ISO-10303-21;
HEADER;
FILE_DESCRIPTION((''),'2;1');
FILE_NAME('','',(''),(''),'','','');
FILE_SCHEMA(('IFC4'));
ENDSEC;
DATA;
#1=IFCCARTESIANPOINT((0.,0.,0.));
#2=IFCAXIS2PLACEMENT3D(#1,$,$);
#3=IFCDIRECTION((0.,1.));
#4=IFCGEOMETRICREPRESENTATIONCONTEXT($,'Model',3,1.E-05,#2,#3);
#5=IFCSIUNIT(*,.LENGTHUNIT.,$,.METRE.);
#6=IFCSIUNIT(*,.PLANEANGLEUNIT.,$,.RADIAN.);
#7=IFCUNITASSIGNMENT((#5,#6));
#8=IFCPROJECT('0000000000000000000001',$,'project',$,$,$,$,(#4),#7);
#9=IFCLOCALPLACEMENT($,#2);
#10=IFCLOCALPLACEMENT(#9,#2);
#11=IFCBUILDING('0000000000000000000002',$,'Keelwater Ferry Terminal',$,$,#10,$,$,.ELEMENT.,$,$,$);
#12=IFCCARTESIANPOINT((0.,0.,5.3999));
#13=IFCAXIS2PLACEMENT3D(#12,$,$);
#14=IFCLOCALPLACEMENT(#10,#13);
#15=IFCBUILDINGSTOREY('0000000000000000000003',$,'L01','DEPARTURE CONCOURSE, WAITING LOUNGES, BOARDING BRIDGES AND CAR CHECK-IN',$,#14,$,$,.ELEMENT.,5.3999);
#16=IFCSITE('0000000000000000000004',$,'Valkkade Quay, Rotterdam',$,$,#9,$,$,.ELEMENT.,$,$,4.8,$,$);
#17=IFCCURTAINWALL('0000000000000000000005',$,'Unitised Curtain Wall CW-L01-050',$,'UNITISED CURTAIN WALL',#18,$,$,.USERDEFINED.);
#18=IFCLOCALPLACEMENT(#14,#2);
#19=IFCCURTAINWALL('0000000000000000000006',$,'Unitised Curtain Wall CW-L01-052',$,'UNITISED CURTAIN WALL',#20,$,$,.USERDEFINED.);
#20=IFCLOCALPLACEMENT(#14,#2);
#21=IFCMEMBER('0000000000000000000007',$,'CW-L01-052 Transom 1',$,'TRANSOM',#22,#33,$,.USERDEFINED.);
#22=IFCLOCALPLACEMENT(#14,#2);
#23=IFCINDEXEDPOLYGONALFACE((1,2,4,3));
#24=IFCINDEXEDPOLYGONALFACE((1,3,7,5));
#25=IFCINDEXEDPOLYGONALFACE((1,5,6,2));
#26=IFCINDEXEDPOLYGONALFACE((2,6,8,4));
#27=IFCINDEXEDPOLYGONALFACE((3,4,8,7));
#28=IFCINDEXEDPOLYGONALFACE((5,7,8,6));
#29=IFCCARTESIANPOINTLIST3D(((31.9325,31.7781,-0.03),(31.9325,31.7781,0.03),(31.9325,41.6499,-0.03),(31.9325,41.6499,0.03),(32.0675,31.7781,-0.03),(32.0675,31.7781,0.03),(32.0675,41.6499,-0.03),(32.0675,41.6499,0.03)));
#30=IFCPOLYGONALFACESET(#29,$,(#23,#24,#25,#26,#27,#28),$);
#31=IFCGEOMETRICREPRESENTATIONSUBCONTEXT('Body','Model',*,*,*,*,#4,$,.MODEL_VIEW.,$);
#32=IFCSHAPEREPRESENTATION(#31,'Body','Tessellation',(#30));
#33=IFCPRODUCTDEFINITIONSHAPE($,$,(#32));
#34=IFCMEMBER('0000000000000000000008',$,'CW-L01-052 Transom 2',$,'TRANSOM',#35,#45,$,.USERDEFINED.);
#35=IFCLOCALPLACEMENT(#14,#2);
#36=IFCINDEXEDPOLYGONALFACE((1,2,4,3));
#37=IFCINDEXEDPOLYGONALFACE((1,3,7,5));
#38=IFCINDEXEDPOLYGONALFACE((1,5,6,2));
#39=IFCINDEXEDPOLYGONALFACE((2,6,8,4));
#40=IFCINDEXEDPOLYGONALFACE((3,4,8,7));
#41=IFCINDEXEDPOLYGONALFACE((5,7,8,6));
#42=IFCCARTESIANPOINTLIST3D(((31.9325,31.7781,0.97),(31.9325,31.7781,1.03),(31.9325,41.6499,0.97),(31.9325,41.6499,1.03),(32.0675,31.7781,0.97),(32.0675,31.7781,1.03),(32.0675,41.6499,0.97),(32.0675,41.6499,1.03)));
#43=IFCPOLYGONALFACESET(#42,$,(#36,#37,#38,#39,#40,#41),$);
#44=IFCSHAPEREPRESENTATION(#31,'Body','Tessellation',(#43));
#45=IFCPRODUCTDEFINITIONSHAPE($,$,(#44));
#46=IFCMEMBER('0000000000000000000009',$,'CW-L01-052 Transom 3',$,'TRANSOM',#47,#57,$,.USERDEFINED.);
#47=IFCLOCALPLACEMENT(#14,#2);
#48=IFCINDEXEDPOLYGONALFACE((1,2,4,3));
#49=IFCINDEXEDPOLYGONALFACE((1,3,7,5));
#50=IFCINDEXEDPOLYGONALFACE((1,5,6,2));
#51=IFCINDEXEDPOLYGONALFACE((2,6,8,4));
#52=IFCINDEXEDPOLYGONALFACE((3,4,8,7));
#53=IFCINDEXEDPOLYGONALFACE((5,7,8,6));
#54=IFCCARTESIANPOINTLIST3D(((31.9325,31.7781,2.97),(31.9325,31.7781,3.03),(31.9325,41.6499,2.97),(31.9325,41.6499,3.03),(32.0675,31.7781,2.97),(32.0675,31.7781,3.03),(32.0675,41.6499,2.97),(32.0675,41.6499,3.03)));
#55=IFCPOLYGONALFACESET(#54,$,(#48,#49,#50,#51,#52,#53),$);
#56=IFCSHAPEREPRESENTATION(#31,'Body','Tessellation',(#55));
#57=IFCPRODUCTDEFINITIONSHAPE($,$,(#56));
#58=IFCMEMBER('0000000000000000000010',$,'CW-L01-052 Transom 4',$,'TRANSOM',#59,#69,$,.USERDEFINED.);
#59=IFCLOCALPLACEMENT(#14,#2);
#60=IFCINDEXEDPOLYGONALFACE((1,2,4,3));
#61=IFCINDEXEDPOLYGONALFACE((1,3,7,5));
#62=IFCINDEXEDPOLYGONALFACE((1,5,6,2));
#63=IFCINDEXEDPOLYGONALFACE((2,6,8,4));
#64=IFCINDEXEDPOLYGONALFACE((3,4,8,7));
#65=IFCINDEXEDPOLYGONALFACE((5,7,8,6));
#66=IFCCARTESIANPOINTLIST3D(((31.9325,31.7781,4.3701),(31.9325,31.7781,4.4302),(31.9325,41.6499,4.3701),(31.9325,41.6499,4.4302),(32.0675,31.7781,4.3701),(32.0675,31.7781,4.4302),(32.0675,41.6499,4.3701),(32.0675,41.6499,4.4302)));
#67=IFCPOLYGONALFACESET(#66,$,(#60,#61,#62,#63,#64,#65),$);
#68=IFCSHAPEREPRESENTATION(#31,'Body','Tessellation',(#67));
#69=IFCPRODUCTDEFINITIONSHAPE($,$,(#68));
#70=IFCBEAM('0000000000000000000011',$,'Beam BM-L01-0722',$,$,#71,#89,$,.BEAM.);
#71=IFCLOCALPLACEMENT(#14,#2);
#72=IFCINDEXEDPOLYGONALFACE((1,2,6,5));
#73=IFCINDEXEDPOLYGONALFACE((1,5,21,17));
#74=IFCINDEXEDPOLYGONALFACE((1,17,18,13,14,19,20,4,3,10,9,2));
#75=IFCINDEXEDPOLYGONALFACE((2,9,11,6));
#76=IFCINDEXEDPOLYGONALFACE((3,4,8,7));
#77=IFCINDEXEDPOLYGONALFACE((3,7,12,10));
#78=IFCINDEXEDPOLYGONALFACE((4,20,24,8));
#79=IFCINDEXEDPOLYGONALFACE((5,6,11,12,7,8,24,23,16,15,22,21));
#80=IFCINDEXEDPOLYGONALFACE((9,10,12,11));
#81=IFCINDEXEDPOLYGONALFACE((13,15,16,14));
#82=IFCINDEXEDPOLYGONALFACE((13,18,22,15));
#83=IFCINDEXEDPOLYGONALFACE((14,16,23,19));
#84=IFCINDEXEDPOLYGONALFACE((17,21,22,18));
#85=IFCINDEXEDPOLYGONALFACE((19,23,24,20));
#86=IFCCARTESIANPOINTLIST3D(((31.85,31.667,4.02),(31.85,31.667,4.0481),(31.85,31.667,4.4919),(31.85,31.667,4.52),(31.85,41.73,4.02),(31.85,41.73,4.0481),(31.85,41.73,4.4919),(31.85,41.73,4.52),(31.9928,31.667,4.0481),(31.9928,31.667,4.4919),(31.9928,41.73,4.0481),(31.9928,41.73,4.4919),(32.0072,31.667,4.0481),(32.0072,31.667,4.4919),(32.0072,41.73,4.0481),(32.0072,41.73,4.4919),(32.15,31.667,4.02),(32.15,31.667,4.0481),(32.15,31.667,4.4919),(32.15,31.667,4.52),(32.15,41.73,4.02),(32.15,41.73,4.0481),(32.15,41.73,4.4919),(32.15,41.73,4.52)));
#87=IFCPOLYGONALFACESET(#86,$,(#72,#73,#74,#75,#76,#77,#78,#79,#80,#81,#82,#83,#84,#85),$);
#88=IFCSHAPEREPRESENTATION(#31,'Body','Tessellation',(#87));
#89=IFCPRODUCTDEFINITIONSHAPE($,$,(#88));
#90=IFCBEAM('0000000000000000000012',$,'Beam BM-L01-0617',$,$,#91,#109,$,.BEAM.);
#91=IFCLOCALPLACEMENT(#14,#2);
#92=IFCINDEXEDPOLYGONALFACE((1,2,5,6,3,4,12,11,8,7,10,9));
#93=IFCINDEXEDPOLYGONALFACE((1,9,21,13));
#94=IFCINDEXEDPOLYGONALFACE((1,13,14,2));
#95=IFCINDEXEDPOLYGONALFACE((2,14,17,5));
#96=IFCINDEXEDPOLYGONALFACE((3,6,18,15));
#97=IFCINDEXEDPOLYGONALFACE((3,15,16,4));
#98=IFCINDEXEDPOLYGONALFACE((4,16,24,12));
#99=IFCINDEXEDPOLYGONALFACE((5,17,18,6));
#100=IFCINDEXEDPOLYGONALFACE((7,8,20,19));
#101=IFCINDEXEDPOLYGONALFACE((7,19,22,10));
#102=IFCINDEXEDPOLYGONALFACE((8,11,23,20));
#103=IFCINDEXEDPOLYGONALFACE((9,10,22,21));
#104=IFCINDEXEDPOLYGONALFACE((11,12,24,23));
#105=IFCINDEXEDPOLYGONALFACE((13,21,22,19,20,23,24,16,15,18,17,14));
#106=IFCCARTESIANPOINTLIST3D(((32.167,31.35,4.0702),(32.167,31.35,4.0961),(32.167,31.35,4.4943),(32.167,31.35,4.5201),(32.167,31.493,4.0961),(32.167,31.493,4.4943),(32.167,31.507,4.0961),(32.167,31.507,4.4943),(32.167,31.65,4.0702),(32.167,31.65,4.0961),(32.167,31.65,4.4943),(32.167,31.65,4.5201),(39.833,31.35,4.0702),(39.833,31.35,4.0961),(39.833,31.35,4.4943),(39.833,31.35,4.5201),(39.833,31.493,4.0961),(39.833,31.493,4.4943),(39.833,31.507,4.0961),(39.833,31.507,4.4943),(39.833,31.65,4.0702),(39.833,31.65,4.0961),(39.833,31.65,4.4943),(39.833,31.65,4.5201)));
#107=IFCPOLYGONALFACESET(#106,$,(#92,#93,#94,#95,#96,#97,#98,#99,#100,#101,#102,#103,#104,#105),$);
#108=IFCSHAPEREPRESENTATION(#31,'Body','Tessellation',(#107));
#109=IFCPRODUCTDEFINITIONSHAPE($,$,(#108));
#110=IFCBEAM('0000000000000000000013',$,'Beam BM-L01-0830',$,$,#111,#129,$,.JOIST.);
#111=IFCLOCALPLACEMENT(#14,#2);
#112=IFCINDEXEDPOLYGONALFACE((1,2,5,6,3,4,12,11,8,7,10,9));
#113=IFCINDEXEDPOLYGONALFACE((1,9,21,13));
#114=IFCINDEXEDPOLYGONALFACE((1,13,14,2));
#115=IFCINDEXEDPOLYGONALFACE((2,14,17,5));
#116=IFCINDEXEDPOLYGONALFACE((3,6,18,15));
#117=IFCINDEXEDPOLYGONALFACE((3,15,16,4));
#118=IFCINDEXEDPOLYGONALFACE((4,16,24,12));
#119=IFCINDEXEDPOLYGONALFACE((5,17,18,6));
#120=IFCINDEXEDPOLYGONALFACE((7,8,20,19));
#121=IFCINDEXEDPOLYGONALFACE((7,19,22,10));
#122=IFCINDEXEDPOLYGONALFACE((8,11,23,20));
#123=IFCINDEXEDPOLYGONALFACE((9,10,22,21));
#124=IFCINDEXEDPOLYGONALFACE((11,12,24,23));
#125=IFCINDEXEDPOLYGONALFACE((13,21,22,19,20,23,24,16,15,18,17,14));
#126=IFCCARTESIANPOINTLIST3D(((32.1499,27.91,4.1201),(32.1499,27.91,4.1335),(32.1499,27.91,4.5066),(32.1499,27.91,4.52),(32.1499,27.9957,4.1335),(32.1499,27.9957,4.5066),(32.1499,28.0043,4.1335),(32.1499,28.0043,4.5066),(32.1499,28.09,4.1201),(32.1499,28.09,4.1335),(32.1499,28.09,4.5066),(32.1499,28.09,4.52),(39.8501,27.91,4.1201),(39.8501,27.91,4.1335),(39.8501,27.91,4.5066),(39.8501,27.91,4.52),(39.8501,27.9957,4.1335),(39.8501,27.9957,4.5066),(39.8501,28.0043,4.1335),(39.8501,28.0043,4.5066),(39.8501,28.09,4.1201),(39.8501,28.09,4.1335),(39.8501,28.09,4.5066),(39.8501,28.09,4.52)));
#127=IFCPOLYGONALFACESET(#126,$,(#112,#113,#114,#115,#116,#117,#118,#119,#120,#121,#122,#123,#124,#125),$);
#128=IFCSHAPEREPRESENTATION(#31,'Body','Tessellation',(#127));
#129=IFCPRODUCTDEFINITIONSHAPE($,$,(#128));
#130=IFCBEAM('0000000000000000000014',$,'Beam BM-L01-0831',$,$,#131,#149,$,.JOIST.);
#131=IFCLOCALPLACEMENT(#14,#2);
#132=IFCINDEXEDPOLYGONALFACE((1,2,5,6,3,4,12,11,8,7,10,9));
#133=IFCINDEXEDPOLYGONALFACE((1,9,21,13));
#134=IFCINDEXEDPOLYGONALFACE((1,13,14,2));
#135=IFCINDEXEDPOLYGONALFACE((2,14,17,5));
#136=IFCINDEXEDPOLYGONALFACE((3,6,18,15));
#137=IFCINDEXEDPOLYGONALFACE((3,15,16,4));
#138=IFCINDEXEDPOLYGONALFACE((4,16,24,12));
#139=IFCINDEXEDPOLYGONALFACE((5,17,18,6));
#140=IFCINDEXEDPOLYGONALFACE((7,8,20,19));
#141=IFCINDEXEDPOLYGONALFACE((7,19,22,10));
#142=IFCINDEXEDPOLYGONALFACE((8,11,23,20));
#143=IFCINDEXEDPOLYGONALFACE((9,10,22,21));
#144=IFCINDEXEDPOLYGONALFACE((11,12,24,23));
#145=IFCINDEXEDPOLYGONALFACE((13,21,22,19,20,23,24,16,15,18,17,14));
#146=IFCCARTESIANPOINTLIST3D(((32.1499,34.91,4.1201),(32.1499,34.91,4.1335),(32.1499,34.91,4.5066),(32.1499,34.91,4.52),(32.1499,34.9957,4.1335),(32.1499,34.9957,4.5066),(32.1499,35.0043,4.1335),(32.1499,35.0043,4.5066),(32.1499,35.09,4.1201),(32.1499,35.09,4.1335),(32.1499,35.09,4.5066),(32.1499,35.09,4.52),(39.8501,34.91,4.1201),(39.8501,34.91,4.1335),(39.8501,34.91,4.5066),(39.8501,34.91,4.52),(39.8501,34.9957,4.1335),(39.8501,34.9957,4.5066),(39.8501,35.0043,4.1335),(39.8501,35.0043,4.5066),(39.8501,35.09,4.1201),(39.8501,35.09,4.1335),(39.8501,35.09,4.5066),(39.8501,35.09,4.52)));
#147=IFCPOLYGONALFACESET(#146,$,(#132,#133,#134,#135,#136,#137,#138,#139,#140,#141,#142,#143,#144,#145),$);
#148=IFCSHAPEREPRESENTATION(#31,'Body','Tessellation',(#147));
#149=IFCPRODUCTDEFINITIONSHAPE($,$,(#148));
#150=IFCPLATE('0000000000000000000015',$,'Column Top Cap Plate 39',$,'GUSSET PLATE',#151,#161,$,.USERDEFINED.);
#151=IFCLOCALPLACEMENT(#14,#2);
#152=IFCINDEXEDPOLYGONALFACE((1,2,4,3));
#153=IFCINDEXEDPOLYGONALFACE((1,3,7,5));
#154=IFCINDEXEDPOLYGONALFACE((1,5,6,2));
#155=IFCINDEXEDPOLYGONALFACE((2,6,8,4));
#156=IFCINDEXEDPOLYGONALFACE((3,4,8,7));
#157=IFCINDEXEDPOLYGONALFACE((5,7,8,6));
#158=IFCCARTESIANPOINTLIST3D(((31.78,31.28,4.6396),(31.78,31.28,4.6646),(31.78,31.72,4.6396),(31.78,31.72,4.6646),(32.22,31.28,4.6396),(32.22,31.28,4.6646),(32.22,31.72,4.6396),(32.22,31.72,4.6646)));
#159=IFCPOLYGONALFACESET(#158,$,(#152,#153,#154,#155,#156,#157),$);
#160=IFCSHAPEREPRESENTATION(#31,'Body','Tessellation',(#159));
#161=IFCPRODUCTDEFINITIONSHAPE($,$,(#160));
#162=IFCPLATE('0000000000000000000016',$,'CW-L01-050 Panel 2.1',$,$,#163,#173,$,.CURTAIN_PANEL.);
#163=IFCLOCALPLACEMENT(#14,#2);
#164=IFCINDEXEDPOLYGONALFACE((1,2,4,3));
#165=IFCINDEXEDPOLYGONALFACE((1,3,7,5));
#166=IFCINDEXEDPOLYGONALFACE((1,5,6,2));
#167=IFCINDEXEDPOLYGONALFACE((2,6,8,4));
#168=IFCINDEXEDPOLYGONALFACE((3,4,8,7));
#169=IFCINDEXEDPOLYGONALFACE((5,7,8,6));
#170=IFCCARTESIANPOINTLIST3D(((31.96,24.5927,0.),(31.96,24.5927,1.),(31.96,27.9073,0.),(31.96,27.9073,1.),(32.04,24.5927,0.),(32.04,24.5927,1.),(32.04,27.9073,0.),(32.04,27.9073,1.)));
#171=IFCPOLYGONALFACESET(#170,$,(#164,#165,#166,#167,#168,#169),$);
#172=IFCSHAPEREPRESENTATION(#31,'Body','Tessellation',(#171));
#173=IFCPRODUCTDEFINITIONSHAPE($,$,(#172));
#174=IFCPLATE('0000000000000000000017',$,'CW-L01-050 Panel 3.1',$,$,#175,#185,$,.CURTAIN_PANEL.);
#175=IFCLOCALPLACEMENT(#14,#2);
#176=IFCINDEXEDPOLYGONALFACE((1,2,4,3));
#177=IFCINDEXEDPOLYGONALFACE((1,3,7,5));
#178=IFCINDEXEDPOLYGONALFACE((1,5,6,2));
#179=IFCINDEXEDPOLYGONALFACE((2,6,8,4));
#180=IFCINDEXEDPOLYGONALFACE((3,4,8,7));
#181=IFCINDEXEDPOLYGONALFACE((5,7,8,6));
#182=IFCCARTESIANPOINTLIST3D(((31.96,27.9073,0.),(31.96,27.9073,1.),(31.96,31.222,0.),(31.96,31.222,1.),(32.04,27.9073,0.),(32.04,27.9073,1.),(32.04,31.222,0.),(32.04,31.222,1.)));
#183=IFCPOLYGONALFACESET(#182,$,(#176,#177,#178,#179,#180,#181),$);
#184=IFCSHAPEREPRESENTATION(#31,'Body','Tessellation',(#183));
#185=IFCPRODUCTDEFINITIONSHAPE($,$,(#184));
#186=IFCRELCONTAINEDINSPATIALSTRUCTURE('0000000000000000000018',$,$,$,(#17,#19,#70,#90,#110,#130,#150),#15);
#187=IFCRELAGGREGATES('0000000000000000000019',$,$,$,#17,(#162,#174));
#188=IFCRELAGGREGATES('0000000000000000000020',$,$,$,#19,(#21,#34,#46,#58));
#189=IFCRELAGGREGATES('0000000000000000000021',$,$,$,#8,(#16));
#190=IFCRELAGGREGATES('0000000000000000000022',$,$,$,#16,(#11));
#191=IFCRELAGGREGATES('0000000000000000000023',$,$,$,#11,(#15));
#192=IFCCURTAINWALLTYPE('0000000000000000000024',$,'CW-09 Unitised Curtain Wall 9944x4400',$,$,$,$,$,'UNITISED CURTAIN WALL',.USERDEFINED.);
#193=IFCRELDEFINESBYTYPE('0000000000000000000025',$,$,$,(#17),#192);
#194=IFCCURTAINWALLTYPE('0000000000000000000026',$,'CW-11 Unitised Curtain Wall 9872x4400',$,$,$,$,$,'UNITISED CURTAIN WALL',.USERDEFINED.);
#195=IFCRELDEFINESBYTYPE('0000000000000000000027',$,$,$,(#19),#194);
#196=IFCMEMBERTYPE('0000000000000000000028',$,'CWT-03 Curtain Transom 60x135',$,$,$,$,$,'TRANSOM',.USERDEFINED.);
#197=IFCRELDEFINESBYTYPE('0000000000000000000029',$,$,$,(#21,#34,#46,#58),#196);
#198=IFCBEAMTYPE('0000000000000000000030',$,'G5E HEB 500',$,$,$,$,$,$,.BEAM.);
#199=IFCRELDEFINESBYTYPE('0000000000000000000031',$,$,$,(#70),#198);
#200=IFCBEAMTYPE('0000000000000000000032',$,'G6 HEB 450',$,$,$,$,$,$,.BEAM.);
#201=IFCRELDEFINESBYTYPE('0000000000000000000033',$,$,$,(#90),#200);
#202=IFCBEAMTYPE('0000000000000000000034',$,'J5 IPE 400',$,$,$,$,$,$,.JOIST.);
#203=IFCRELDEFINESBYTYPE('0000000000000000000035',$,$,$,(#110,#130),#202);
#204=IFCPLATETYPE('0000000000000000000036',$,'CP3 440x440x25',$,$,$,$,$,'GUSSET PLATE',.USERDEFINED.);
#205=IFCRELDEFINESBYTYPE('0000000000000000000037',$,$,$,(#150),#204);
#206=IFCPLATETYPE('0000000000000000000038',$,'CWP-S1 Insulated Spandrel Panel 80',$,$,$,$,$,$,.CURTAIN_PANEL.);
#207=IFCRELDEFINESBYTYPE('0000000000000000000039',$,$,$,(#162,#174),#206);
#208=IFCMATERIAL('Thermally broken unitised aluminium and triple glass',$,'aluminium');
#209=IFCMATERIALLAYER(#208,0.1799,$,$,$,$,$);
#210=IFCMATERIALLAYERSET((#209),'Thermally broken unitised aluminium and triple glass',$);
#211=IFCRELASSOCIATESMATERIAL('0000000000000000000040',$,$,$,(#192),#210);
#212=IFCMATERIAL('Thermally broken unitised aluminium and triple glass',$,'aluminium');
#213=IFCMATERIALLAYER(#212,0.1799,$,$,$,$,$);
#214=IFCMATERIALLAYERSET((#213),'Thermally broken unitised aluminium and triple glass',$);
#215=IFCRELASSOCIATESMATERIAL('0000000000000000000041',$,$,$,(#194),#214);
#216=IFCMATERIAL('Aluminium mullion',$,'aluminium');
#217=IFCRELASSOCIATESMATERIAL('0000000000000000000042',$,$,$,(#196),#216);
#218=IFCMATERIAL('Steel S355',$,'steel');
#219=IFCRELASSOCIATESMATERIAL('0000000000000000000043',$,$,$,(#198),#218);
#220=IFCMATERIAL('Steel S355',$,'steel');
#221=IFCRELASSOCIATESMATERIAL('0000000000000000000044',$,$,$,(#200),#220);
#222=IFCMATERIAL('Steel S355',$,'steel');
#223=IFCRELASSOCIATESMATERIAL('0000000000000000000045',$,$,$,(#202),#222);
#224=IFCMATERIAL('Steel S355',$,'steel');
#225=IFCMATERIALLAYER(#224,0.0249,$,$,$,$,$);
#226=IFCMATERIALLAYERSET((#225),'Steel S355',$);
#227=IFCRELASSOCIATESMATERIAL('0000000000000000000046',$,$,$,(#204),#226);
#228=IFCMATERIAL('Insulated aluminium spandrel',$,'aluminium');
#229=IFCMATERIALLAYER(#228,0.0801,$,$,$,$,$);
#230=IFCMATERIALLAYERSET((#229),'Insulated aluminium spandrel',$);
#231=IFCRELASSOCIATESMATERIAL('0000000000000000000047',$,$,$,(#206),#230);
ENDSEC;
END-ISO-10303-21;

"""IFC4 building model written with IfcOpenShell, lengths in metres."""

from ifc_helpers import new_model, si_unit, direction, frame, origin, origin_2d, place, context, subcontext, project, spatial, rectangle, i_section, extrude, material, layer, layer_set, material_profile, profile_set, type_object, element, aggregate, save


model = new_model("IFC4")

# Units and contexts
model_context = context("Model", 3, precision=1e-05, world=origin(), true_north=direction((0.0, 1.0)))
body_context = subcontext(model_context, "Body", "Model", "MODEL_VIEW")
ifc_project = project(units=[si_unit("LENGTHUNIT", "METRE"), si_unit("PLANEANGLEUNIT", "RADIAN")], contexts=[model_context])

# Site, building, storey
site_placement = place(None, origin())
site = spatial("IfcSite", under=ifc_project, at=site_placement, Name="Valkkade Quay, Rotterdam", CompositionType="ELEMENT", RefElevation=4.8)
building_placement = place(site_placement, origin())
building = spatial("IfcBuilding", under=site, at=building_placement, Name="Keelwater Ferry Terminal", CompositionType="ELEMENT")
storey_placement = place(building_placement, frame((0.0, 0.0, 5.3999)))
storey = spatial("IfcBuildingStorey", under=building, at=storey_placement, Name="L01", Description="DEPARTURE CONCOURSE, WAITING LOUNGES, BOARDING BRIDGES AND CAR CHECK-IN", CompositionType="ELEMENT", Elevation=5.3999)

# Curtain walls, members
ifc_material_1 = material(Name="Thermally broken unitised aluminium and triple glass", Category="aluminium")
ifc_layer_1 = layer(ifc_material_1, 0.1799)
ifc_layer_set_1 = layer_set([ifc_layer_1], Name="Thermally broken unitised aluminium and triple glass")
curtain_wall_type_1 = type_object("IfcCurtainWallType", Name="CW-09 Unitised Curtain Wall 9944x4400", ElementType="UNITISED CURTAIN WALL", PredefinedType="USERDEFINED", material=ifc_layer_set_1)
curtain_wall_1_placement = place(storey_placement, origin())
curtain_wall_1 = element("IfcCurtainWall", 1, at=curtain_wall_1_placement, inside=storey, type_object=curtain_wall_type_1, Name="Unitised Curtain Wall CW-L01-050", ObjectType="UNITISED CURTAIN WALL", PredefinedType="USERDEFINED")
ifc_material_2 = material(Name="Thermally broken unitised aluminium and triple glass", Category="aluminium")
ifc_layer_2 = layer(ifc_material_2, 0.1799)
ifc_layer_set_2 = layer_set([ifc_layer_2], Name="Thermally broken unitised aluminium and triple glass")
curtain_wall_type_2 = type_object("IfcCurtainWallType", Name="CW-11 Unitised Curtain Wall 9872x4400", ElementType="UNITISED CURTAIN WALL", PredefinedType="USERDEFINED", material=ifc_layer_set_2)
curtain_wall_2_placement = place(storey_placement, origin())
curtain_wall_2 = element("IfcCurtainWall", 2, at=curtain_wall_2_placement, inside=storey, type_object=curtain_wall_type_2, Name="Unitised Curtain Wall CW-L01-052", ObjectType="UNITISED CURTAIN WALL", PredefinedType="USERDEFINED")
ifc_material_3 = material(Name="Aluminium mullion", Category="aluminium")
ifc_material_profile_1 = material_profile(ifc_material_3, rectangle(XDim=0.135, YDim=0.0601, at=origin_2d()), Name="CWT-03")
ifc_profile_set_1 = profile_set([ifc_material_profile_1], Name="Aluminium mullion")
member_type_1 = type_object("IfcMemberType", Name="CWT-03 Curtain Transom 60x135", ElementType="TRANSOM", PredefinedType="USERDEFINED", material=ifc_profile_set_1)
member_1_placement = place(storey_placement, frame((32.0, 31.7781, 0.0), z_axis=(0.0, 1.0, 0.0), x_axis=(-1.0, 0.0, 0.0)))
member_1 = element("IfcMember", 3, at=member_1_placement, type_object=member_type_1, Name="CW-L01-052 Transom 1", ObjectType="TRANSOM", PredefinedType="USERDEFINED", context=body_context, shape_type="SweptSolid", body=[
    extrude(rectangle(XDim=0.135, YDim=0.0601, at=origin_2d()), origin(), (0.0, 0.0, 1.0), 9.8718),
])
member_2_placement = place(storey_placement, frame((32.0, 31.7781, 1.0), z_axis=(0.0, 1.0, 0.0), x_axis=(-1.0, 0.0, 0.0)))
member_2 = element("IfcMember", 4, at=member_2_placement, type_object=member_type_1, Name="CW-L01-052 Transom 2", ObjectType="TRANSOM", PredefinedType="USERDEFINED", context=body_context, shape_type="SweptSolid", body=[
    extrude(rectangle(XDim=0.135, YDim=0.0601, at=origin_2d()), origin(), (0.0, 0.0, 1.0), 9.8718),
])
member_3_placement = place(storey_placement, frame((32.0, 31.7781, 3.0), z_axis=(0.0, 1.0, 0.0), x_axis=(-1.0, 0.0, 0.0)))
member_3 = element("IfcMember", 5, at=member_3_placement, type_object=member_type_1, Name="CW-L01-052 Transom 3", ObjectType="TRANSOM", PredefinedType="USERDEFINED", context=body_context, shape_type="SweptSolid", body=[
    extrude(rectangle(XDim=0.135, YDim=0.0601, at=origin_2d()), origin(), (0.0, 0.0, 1.0), 9.8718),
])
member_4_placement = place(storey_placement, frame((32.0, 31.7781, 4.4001), z_axis=(0.0, 1.0, 0.0), x_axis=(-1.0, 0.0, 0.0)))
member_4 = element("IfcMember", 6, at=member_4_placement, type_object=member_type_1, Name="CW-L01-052 Transom 4", ObjectType="TRANSOM", PredefinedType="USERDEFINED", context=body_context, shape_type="SweptSolid", body=[
    extrude(rectangle(XDim=0.135, YDim=0.0601, at=origin_2d()), origin(), (0.0, 0.0, 1.0), 9.8718),
])

# Beams
ifc_material_4 = material(Name="Steel S355", Category="steel")
ifc_material_profile_2 = material_profile(ifc_material_4, i_section(OverallWidth=0.3, OverallDepth=0.5, WebThickness=0.0144, FlangeThickness=0.0281, at=origin_2d()), Name="HEB 500")
ifc_profile_set_2 = profile_set([ifc_material_profile_2], Name="Steel S355")
beam_type_1 = type_object("IfcBeamType", Name="G5E HEB 500", PredefinedType="BEAM", material=ifc_profile_set_2)
beam_1_placement = place(storey_placement, frame((32.0, 31.667, 4.27), z_axis=(0.0, 1.0, 0.0), x_axis=(-1.0, 0.0, 0.0)))
element("IfcBeam", 7, at=beam_1_placement, inside=storey, type_object=beam_type_1, Name="Beam BM-L01-0722", PredefinedType="BEAM", context=body_context, shape_type="SweptSolid", body=[
    extrude(i_section(OverallWidth=0.3, OverallDepth=0.5, WebThickness=0.0144, FlangeThickness=0.0281, at=origin_2d()), origin(), (0.0, 0.0, 1.0), 10.063),
])
ifc_material_5 = material(Name="Steel S355", Category="steel")
ifc_material_profile_3 = material_profile(ifc_material_5, i_section(OverallWidth=0.3, OverallDepth=0.45, WebThickness=0.0139, FlangeThickness=0.0259, at=origin_2d()), Name="HEB 450")
ifc_profile_set_3 = profile_set([ifc_material_profile_3], Name="Steel S355")
beam_type_2 = type_object("IfcBeamType", Name="G6 HEB 450", PredefinedType="BEAM", material=ifc_profile_set_3)
beam_2_placement = place(storey_placement, frame((32.167, 31.5, 4.2952), z_axis=(1.0, 0.0, 0.0), x_axis=(0.0, 1.0, 0.0)))
element("IfcBeam", 8, at=beam_2_placement, inside=storey, type_object=beam_type_2, Name="Beam BM-L01-0617", PredefinedType="BEAM", context=body_context, shape_type="SweptSolid", body=[
    extrude(i_section(OverallWidth=0.3, OverallDepth=0.45, WebThickness=0.0139, FlangeThickness=0.0259, at=origin_2d()), origin(), (0.0, 0.0, 1.0), 7.666),
])
ifc_material_6 = material(Name="Steel S355", Category="steel")
ifc_material_profile_4 = material_profile(ifc_material_6, i_section(OverallWidth=0.1799, OverallDepth=0.3999, WebThickness=0.0085, FlangeThickness=0.0134, at=origin_2d()), Name="IPE 400")
ifc_profile_set_4 = profile_set([ifc_material_profile_4], Name="Steel S355")
beam_type_3 = type_object("IfcBeamType", Name="J5 IPE 400", PredefinedType="JOIST", material=ifc_profile_set_4)
for number, where, z_axis, x_axis, name in (
    (9, (32.1499, 28.0, 4.3201), (1.0, 0.0, 0.0), (0.0, 1.0, 0.0), "Beam BM-L01-0830"),
    (10, (32.1499, 35.0, 4.3201), (1.0, 0.0, 0.0), (0.0, 1.0, 0.0), "Beam BM-L01-0831"),
):
    element("IfcBeam", number, at=place(storey_placement, frame(where, z_axis=z_axis, x_axis=x_axis)), inside=storey, type_object=beam_type_3, Name=name, PredefinedType="JOIST", context=body_context, shape_type="SweptSolid", body=[
        extrude(i_section(OverallWidth=0.1799, OverallDepth=0.3999, WebThickness=0.0085, FlangeThickness=0.0134, at=origin_2d()), origin(), (0.0, 0.0, 1.0), 7.7002),
    ])

# Plates
ifc_material_7 = material(Name="Steel S355", Category="steel")
ifc_layer_3 = layer(ifc_material_7, 0.0249)
ifc_layer_set_3 = layer_set([ifc_layer_3], Name="Steel S355")
plate_type_1 = type_object("IfcPlateType", Name="CP3 440x440x25", ElementType="GUSSET PLATE", PredefinedType="USERDEFINED", material=ifc_layer_set_3)
plate_1_placement = place(storey_placement, frame((32.0, 31.5, 4.6396), z_axis=(0.0, 0.0, 1.0), x_axis=(1.0, 0.0, 0.0)))
element("IfcPlate", 11, at=plate_1_placement, inside=storey, type_object=plate_type_1, Name="Column Top Cap Plate 39", ObjectType="GUSSET PLATE", PredefinedType="USERDEFINED", context=body_context, shape_type="SweptSolid", body=[
    extrude(rectangle(XDim=0.4399, YDim=0.4399, at=origin_2d()), origin(), (0.0, 0.0, 1.0), 0.0249),
])
ifc_material_8 = material(Name="Insulated aluminium spandrel", Category="aluminium")
ifc_layer_4 = layer(ifc_material_8, 0.0801)
ifc_layer_set_4 = layer_set([ifc_layer_4], Name="Insulated aluminium spandrel")
plate_type_2 = type_object("IfcPlateType", Name="CWP-S1 Insulated Spandrel Panel 80", PredefinedType="CURTAIN_PANEL", material=ifc_layer_set_4)
plate_2_placement = place(storey_placement, frame((32.0, 26.25, 0.0), z_axis=(0.0, 0.0, 1.0), x_axis=(0.0, 1.0, 0.0)))
plate_2 = element("IfcPlate", 12, at=plate_2_placement, type_object=plate_type_2, Name="CW-L01-050 Panel 2.1", PredefinedType="CURTAIN_PANEL", context=body_context, shape_type="SweptSolid", body=[
    extrude(rectangle(XDim=3.3147, YDim=0.0801, at=origin_2d()), origin(), (0.0, 0.0, 1.0), 1.0),
])
plate_3_placement = place(storey_placement, frame((32.0, 29.5647, 0.0), z_axis=(0.0, 0.0, 1.0), x_axis=(0.0, 1.0, 0.0)))
plate_3 = element("IfcPlate", 13, at=plate_3_placement, type_object=plate_type_2, Name="CW-L01-050 Panel 3.1", PredefinedType="CURTAIN_PANEL", context=body_context, shape_type="SweptSolid", body=[
    extrude(rectangle(XDim=3.3147, YDim=0.0801, at=origin_2d()), origin(), (0.0, 0.0, 1.0), 1.0),
])
aggregate(curtain_wall_1, [plate_2, plate_3])
aggregate(curtain_wall_2, [member_1, member_2, member_3, member_4])

save(model, "model.ifc")
